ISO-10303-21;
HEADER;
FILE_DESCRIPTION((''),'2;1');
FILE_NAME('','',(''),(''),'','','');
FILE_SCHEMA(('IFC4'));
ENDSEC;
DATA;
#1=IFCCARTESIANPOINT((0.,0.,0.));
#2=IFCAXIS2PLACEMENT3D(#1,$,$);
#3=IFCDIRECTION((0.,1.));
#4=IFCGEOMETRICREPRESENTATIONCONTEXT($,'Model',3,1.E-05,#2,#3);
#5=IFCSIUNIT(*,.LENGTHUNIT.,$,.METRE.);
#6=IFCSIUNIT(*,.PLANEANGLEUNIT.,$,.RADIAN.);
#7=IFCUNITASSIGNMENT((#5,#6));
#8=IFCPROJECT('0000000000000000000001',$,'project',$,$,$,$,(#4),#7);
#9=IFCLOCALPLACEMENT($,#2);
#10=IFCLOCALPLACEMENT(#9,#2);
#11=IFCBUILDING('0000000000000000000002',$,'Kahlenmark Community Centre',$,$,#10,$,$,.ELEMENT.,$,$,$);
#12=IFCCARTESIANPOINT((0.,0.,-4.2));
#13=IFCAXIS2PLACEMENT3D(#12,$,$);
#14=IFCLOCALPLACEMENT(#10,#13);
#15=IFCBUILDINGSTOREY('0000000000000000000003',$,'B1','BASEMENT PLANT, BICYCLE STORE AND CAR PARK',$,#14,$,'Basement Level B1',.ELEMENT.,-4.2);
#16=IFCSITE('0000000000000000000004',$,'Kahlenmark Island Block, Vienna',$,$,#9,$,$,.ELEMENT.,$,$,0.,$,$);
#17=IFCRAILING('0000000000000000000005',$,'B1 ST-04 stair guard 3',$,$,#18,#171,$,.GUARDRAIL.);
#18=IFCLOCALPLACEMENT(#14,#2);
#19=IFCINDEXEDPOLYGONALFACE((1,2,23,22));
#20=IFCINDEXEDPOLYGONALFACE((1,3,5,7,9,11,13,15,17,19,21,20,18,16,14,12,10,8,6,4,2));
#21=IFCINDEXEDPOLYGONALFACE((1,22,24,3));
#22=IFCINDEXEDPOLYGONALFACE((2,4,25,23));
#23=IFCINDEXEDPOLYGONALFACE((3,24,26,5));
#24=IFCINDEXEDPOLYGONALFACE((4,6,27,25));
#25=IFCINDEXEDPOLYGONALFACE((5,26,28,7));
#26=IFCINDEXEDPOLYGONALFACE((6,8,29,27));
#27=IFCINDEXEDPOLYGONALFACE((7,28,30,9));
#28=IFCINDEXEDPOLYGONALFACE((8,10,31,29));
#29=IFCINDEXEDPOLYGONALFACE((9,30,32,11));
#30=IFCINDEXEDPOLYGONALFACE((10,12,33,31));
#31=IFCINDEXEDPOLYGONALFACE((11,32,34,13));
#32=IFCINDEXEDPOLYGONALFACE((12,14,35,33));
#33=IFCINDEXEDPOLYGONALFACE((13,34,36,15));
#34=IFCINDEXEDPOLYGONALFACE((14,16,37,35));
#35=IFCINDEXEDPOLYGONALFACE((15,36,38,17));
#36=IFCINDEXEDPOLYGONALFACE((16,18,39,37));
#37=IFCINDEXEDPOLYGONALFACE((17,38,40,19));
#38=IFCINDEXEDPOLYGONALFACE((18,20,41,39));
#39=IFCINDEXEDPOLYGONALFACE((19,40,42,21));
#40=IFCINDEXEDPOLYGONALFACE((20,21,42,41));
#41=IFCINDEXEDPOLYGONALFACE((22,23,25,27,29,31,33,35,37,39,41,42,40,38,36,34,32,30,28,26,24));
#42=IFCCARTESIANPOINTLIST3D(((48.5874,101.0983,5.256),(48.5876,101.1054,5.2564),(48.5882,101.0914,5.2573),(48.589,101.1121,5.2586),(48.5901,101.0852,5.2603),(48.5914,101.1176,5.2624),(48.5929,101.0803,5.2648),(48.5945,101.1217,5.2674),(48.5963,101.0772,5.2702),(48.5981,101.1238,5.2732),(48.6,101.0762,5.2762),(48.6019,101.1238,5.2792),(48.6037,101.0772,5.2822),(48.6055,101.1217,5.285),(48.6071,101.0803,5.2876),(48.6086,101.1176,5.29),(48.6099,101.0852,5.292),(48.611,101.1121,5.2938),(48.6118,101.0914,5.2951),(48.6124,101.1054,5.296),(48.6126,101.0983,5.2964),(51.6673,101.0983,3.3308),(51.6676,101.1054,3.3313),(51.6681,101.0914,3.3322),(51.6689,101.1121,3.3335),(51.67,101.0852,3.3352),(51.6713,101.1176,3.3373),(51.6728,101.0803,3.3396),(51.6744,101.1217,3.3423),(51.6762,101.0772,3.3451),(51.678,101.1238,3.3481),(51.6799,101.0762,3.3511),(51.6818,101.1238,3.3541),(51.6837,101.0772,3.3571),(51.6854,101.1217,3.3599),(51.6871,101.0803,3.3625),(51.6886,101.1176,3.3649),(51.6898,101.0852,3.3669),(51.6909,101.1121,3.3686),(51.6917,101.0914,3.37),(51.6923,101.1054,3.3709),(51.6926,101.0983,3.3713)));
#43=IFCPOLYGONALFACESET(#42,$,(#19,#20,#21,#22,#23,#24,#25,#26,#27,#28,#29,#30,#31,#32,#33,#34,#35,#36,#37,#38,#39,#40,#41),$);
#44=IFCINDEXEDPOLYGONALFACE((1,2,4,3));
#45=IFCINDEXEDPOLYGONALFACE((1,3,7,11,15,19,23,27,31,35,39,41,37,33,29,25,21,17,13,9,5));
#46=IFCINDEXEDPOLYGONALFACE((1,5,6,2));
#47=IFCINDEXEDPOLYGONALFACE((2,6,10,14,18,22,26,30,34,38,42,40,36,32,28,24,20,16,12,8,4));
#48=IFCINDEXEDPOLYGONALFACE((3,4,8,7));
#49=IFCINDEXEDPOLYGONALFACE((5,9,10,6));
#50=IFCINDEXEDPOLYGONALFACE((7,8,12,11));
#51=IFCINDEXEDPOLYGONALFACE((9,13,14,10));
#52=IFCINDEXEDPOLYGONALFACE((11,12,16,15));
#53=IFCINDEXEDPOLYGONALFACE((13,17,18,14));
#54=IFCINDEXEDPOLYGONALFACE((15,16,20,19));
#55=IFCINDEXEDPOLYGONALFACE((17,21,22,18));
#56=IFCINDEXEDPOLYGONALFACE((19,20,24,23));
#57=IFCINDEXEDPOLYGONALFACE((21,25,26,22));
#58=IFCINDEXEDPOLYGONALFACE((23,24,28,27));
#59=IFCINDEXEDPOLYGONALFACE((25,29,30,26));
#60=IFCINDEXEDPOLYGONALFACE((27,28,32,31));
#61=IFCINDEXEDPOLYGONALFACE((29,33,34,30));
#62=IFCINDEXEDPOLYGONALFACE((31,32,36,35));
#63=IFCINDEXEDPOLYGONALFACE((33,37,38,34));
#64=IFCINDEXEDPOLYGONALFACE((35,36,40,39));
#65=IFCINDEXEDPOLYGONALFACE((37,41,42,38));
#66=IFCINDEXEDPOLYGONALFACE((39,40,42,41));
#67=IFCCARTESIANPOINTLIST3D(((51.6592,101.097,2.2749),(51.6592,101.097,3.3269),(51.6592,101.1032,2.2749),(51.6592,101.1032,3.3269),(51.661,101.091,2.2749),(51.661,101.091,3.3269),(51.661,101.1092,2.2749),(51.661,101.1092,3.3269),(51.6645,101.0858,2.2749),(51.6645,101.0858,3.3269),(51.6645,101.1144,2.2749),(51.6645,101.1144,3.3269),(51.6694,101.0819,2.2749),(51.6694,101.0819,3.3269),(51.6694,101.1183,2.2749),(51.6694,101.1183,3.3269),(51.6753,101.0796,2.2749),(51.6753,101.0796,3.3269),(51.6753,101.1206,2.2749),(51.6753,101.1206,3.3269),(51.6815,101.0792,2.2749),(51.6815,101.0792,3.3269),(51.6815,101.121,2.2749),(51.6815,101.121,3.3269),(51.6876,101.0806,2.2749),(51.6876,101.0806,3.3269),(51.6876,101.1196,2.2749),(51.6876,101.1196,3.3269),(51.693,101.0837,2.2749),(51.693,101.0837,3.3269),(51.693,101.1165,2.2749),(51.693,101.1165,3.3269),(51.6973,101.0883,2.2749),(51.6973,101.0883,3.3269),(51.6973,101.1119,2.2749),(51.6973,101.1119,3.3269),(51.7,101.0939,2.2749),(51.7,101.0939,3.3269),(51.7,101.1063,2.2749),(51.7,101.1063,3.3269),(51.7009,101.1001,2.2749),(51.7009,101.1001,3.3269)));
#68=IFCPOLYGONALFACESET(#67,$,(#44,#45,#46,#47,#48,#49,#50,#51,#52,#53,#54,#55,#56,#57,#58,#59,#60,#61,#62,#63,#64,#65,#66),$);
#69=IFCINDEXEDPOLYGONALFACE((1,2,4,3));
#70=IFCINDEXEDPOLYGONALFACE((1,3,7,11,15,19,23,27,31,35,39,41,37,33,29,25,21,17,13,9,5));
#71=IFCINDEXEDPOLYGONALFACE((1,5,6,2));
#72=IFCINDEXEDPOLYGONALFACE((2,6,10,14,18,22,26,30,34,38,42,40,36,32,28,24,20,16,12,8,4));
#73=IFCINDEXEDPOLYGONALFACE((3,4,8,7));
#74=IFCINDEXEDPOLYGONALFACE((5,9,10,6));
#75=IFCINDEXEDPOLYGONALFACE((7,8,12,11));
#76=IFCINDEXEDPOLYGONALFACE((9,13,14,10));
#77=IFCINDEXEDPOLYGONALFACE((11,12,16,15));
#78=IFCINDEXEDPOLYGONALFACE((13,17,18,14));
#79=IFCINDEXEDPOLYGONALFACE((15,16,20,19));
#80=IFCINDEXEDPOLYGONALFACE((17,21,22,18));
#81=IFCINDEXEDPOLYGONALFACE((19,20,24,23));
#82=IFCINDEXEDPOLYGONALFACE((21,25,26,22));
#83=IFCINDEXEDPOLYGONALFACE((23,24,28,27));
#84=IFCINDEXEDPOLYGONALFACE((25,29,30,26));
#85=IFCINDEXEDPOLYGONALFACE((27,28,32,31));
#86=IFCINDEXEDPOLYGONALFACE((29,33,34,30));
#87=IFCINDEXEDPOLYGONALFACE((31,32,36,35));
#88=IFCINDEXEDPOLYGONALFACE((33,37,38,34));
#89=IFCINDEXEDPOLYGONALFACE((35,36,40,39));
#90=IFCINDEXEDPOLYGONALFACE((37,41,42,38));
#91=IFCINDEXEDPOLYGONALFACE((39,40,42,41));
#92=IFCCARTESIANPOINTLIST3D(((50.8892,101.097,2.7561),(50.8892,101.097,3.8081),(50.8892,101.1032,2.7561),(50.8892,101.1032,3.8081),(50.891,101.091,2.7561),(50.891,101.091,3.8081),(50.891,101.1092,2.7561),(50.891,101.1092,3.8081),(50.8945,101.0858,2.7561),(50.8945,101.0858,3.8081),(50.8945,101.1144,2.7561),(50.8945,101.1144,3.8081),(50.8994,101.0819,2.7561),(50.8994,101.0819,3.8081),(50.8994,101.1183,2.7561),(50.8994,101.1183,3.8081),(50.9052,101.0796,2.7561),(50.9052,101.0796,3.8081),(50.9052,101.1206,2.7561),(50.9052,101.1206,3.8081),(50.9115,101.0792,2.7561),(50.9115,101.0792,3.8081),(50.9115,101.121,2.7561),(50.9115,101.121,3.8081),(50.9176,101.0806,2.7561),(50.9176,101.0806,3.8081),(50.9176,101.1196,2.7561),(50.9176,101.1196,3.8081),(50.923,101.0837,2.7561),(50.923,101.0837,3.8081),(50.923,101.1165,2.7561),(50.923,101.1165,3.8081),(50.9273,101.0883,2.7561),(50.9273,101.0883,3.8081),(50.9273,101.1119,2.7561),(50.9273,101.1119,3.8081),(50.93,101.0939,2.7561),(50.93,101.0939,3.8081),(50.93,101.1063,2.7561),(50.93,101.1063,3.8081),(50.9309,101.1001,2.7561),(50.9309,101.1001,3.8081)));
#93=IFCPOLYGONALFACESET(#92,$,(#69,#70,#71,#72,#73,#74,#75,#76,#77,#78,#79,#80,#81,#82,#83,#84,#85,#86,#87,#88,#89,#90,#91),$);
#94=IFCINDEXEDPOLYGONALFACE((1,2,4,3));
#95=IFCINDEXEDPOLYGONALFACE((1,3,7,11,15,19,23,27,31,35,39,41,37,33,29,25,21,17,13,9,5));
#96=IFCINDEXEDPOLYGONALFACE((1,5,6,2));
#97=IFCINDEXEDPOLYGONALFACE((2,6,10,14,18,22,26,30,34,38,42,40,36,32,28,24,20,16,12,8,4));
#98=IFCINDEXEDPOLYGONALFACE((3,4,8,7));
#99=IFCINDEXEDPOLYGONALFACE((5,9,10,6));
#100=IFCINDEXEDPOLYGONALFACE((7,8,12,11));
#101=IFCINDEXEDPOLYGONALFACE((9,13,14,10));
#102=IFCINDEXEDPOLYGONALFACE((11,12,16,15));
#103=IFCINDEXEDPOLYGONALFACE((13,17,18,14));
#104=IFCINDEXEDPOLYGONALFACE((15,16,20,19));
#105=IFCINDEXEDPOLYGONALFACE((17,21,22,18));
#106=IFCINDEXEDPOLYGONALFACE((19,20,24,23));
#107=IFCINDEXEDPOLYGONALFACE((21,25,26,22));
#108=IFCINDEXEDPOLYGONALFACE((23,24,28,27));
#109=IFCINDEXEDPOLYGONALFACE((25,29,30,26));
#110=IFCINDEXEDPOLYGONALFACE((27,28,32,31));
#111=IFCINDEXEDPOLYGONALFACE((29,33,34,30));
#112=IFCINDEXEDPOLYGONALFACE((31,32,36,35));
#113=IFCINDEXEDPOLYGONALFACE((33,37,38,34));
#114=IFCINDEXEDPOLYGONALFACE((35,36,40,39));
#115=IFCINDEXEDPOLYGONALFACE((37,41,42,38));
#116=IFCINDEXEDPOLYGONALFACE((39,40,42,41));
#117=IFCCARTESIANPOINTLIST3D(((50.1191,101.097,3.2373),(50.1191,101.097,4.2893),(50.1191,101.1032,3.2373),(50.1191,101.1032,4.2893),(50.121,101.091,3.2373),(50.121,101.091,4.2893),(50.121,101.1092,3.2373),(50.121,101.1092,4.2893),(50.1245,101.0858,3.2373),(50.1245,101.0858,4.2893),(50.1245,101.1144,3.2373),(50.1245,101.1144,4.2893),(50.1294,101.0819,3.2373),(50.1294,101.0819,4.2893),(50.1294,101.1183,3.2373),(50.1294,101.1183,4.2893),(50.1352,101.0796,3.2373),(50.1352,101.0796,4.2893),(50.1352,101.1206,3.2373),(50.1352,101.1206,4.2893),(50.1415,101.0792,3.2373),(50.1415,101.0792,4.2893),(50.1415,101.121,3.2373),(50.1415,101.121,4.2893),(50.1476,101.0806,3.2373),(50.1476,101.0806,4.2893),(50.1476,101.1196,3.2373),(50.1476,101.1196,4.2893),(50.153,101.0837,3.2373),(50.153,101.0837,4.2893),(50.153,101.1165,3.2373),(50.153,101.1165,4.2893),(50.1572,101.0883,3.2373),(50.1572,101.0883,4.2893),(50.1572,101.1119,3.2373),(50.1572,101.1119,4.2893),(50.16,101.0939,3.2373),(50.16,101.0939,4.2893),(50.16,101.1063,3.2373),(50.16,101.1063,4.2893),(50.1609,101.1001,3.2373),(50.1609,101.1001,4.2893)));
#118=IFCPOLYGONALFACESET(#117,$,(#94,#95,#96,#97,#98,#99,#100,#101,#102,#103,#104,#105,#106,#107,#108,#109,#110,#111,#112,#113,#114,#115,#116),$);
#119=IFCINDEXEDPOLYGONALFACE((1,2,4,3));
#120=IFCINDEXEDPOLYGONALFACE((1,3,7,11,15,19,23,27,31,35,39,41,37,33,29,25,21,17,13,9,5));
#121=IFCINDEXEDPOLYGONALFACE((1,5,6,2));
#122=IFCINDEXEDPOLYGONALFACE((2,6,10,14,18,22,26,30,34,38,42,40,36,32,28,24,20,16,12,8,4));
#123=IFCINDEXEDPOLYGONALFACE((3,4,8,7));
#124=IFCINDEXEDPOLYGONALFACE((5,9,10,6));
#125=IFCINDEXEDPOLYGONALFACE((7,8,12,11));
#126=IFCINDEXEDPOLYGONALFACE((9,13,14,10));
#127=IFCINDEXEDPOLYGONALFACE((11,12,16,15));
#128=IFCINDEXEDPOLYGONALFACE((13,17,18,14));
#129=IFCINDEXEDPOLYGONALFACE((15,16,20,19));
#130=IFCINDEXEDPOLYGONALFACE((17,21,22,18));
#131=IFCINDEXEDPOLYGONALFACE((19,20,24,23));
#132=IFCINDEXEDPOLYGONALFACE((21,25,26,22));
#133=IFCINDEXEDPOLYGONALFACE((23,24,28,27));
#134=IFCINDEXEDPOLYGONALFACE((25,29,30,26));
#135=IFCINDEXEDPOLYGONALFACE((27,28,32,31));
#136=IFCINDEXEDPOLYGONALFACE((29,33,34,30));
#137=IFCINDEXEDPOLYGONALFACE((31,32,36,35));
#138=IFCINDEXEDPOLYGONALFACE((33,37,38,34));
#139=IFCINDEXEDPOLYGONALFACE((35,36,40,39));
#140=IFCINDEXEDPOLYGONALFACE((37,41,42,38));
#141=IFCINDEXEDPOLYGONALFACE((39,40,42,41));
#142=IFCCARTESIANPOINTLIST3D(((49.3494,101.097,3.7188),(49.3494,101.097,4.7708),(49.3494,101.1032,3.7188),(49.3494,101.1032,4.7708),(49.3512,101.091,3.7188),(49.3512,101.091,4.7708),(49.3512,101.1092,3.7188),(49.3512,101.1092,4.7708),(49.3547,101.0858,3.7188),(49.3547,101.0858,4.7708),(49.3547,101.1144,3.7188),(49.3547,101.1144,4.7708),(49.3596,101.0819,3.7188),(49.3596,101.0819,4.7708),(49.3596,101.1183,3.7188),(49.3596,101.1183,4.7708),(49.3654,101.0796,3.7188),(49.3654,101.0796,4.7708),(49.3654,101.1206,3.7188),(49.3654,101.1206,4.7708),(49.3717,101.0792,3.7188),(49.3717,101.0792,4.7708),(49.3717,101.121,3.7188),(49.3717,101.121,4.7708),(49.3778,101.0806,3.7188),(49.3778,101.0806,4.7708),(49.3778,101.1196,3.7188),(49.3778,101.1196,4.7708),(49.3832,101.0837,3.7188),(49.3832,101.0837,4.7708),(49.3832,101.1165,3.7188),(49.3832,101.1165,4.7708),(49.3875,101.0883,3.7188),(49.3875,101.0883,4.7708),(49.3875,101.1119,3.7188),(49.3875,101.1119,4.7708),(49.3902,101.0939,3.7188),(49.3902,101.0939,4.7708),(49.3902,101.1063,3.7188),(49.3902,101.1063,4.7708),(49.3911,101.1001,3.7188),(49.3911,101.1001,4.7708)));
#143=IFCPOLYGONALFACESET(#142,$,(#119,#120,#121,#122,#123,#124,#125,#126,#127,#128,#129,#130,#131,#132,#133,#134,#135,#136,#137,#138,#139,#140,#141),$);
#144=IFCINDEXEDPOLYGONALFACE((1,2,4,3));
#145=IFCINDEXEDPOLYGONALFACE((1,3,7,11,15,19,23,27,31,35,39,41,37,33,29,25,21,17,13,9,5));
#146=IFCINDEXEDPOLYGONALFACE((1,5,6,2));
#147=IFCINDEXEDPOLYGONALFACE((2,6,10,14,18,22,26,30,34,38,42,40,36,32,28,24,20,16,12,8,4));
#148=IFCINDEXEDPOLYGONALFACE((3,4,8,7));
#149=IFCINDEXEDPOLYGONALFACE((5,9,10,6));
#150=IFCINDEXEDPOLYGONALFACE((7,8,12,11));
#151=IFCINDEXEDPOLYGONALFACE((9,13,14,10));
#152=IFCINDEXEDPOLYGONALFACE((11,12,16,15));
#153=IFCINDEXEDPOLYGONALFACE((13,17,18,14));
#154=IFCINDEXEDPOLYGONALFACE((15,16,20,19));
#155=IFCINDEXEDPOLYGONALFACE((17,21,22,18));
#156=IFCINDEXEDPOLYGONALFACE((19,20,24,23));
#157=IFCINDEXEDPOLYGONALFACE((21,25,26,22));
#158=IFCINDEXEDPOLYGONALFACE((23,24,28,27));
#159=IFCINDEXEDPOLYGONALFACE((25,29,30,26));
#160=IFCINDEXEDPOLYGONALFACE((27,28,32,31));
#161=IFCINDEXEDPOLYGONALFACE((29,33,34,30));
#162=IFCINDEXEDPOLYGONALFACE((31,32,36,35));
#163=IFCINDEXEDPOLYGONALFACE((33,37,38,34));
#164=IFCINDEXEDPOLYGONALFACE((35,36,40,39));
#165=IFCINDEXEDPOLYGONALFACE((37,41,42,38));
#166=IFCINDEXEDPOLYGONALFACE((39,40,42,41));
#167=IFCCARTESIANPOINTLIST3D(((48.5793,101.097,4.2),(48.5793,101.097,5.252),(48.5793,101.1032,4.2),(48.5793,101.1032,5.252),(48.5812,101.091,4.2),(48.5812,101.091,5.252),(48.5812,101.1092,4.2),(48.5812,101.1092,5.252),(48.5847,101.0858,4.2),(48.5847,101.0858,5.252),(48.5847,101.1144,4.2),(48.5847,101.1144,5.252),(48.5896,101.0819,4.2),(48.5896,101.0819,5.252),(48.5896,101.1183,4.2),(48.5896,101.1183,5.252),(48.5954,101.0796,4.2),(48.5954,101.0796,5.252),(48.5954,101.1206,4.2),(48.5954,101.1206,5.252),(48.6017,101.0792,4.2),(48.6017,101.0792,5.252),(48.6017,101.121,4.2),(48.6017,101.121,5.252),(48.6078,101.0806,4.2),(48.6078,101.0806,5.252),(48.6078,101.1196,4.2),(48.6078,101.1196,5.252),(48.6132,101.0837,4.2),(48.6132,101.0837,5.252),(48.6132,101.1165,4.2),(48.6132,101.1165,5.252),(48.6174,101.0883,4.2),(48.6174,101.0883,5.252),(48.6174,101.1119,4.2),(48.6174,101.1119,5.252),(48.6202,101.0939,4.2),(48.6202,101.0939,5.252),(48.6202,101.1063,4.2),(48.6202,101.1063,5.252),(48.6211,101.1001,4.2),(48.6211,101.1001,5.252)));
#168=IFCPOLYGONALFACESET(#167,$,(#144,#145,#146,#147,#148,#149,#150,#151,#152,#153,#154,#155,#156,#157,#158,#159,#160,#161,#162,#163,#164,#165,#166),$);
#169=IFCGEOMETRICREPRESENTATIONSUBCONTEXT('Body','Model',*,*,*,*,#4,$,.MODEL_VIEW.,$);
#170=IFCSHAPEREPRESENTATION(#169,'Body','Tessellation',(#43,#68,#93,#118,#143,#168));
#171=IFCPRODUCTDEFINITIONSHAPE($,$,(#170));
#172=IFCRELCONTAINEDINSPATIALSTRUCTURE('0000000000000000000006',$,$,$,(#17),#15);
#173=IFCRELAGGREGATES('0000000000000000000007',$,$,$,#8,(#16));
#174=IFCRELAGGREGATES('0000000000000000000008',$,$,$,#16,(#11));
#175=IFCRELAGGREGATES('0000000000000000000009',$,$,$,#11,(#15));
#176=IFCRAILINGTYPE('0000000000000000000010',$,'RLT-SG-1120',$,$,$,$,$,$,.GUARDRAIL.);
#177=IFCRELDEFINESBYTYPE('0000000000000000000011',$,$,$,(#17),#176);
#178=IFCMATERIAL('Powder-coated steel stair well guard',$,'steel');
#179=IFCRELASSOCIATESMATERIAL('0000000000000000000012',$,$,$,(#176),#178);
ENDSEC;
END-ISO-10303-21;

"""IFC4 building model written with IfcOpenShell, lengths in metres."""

from ifc_helpers import new_model, si_unit, direction, frame, origin, origin_2d, place, context, subcontext, project, spatial, circle, extrude, material, type_object, element, save


model = new_model("IFC4")

# Units and contexts
model_context = context("Model", 3, precision=1e-05, world=origin(), true_north=direction((0.0, 1.0)))
body_context = subcontext(model_context, "Body", "Model", "MODEL_VIEW")
ifc_project = project(units=[si_unit("LENGTHUNIT", "METRE"), si_unit("PLANEANGLEUNIT", "RADIAN")], contexts=[model_context])

# Site, building, storey
site_placement = place(None, origin())
site = spatial("IfcSite", under=ifc_project, at=site_placement, Name="Kahlenmark Island Block, Vienna", CompositionType="ELEMENT", RefElevation=0.0)
building_placement = place(site_placement, origin())
building = spatial("IfcBuilding", under=site, at=building_placement, Name="Kahlenmark Community Centre", CompositionType="ELEMENT")
storey_placement = place(building_placement, frame((0.0, 0.0, -4.2)))
storey = spatial("IfcBuildingStorey", under=building, at=storey_placement, Name="B1", Description="BASEMENT PLANT, BICYCLE STORE AND CAR PARK", LongName="Basement Level B1", CompositionType="ELEMENT", Elevation=-4.2)

# Railing
ifc_material_1 = material(Name="Powder-coated steel stair well guard", Category="steel")
railing_type_1 = type_object("IfcRailingType", Name="RLT-SG-1120", PredefinedType="GUARDRAIL", material=ifc_material_1)
railing_1_placement = place(storey_placement, frame((51.6799, 101.1001, 2.2749)))
element("IfcRailing", 1, at=railing_1_placement, inside=storey, type_object=railing_type_1, Name="B1 ST-04 stair guard 3", PredefinedType="GUARDRAIL", context=body_context, shape_type="SweptSolid", body=[
    extrude(circle(Radius=0.0239, at=origin_2d()), frame((0.0, 0.0, 1.0762), z_axis=(-0.847979, 0.0, 0.530029), x_axis=(0.0, -1.0, 0.0)), (0.0, 0.0, 1.0), 3.6321),
    extrude(circle(Radius=0.021, at=origin_2d()), origin(), (0.0, 0.0, 1.0), 1.052),
    extrude(circle(Radius=0.021, at=origin_2d()), frame((-0.77, 0.0, 0.4812)), (0.0, 0.0, 1.0), 1.052),
    extrude(circle(Radius=0.021, at=origin_2d()), frame((-1.54, 0.0, 0.9624)), (0.0, 0.0, 1.0), 1.052),
    extrude(circle(Radius=0.021, at=origin_2d()), frame((-2.3098, 0.0, 1.4438)), (0.0, 0.0, 1.0), 1.052),
    extrude(circle(Radius=0.021, at=origin_2d()), frame((-3.0798, 0.0, 1.925)), (0.0, 0.0, 1.0), 1.052),
])

save(model, "model.ifc")
